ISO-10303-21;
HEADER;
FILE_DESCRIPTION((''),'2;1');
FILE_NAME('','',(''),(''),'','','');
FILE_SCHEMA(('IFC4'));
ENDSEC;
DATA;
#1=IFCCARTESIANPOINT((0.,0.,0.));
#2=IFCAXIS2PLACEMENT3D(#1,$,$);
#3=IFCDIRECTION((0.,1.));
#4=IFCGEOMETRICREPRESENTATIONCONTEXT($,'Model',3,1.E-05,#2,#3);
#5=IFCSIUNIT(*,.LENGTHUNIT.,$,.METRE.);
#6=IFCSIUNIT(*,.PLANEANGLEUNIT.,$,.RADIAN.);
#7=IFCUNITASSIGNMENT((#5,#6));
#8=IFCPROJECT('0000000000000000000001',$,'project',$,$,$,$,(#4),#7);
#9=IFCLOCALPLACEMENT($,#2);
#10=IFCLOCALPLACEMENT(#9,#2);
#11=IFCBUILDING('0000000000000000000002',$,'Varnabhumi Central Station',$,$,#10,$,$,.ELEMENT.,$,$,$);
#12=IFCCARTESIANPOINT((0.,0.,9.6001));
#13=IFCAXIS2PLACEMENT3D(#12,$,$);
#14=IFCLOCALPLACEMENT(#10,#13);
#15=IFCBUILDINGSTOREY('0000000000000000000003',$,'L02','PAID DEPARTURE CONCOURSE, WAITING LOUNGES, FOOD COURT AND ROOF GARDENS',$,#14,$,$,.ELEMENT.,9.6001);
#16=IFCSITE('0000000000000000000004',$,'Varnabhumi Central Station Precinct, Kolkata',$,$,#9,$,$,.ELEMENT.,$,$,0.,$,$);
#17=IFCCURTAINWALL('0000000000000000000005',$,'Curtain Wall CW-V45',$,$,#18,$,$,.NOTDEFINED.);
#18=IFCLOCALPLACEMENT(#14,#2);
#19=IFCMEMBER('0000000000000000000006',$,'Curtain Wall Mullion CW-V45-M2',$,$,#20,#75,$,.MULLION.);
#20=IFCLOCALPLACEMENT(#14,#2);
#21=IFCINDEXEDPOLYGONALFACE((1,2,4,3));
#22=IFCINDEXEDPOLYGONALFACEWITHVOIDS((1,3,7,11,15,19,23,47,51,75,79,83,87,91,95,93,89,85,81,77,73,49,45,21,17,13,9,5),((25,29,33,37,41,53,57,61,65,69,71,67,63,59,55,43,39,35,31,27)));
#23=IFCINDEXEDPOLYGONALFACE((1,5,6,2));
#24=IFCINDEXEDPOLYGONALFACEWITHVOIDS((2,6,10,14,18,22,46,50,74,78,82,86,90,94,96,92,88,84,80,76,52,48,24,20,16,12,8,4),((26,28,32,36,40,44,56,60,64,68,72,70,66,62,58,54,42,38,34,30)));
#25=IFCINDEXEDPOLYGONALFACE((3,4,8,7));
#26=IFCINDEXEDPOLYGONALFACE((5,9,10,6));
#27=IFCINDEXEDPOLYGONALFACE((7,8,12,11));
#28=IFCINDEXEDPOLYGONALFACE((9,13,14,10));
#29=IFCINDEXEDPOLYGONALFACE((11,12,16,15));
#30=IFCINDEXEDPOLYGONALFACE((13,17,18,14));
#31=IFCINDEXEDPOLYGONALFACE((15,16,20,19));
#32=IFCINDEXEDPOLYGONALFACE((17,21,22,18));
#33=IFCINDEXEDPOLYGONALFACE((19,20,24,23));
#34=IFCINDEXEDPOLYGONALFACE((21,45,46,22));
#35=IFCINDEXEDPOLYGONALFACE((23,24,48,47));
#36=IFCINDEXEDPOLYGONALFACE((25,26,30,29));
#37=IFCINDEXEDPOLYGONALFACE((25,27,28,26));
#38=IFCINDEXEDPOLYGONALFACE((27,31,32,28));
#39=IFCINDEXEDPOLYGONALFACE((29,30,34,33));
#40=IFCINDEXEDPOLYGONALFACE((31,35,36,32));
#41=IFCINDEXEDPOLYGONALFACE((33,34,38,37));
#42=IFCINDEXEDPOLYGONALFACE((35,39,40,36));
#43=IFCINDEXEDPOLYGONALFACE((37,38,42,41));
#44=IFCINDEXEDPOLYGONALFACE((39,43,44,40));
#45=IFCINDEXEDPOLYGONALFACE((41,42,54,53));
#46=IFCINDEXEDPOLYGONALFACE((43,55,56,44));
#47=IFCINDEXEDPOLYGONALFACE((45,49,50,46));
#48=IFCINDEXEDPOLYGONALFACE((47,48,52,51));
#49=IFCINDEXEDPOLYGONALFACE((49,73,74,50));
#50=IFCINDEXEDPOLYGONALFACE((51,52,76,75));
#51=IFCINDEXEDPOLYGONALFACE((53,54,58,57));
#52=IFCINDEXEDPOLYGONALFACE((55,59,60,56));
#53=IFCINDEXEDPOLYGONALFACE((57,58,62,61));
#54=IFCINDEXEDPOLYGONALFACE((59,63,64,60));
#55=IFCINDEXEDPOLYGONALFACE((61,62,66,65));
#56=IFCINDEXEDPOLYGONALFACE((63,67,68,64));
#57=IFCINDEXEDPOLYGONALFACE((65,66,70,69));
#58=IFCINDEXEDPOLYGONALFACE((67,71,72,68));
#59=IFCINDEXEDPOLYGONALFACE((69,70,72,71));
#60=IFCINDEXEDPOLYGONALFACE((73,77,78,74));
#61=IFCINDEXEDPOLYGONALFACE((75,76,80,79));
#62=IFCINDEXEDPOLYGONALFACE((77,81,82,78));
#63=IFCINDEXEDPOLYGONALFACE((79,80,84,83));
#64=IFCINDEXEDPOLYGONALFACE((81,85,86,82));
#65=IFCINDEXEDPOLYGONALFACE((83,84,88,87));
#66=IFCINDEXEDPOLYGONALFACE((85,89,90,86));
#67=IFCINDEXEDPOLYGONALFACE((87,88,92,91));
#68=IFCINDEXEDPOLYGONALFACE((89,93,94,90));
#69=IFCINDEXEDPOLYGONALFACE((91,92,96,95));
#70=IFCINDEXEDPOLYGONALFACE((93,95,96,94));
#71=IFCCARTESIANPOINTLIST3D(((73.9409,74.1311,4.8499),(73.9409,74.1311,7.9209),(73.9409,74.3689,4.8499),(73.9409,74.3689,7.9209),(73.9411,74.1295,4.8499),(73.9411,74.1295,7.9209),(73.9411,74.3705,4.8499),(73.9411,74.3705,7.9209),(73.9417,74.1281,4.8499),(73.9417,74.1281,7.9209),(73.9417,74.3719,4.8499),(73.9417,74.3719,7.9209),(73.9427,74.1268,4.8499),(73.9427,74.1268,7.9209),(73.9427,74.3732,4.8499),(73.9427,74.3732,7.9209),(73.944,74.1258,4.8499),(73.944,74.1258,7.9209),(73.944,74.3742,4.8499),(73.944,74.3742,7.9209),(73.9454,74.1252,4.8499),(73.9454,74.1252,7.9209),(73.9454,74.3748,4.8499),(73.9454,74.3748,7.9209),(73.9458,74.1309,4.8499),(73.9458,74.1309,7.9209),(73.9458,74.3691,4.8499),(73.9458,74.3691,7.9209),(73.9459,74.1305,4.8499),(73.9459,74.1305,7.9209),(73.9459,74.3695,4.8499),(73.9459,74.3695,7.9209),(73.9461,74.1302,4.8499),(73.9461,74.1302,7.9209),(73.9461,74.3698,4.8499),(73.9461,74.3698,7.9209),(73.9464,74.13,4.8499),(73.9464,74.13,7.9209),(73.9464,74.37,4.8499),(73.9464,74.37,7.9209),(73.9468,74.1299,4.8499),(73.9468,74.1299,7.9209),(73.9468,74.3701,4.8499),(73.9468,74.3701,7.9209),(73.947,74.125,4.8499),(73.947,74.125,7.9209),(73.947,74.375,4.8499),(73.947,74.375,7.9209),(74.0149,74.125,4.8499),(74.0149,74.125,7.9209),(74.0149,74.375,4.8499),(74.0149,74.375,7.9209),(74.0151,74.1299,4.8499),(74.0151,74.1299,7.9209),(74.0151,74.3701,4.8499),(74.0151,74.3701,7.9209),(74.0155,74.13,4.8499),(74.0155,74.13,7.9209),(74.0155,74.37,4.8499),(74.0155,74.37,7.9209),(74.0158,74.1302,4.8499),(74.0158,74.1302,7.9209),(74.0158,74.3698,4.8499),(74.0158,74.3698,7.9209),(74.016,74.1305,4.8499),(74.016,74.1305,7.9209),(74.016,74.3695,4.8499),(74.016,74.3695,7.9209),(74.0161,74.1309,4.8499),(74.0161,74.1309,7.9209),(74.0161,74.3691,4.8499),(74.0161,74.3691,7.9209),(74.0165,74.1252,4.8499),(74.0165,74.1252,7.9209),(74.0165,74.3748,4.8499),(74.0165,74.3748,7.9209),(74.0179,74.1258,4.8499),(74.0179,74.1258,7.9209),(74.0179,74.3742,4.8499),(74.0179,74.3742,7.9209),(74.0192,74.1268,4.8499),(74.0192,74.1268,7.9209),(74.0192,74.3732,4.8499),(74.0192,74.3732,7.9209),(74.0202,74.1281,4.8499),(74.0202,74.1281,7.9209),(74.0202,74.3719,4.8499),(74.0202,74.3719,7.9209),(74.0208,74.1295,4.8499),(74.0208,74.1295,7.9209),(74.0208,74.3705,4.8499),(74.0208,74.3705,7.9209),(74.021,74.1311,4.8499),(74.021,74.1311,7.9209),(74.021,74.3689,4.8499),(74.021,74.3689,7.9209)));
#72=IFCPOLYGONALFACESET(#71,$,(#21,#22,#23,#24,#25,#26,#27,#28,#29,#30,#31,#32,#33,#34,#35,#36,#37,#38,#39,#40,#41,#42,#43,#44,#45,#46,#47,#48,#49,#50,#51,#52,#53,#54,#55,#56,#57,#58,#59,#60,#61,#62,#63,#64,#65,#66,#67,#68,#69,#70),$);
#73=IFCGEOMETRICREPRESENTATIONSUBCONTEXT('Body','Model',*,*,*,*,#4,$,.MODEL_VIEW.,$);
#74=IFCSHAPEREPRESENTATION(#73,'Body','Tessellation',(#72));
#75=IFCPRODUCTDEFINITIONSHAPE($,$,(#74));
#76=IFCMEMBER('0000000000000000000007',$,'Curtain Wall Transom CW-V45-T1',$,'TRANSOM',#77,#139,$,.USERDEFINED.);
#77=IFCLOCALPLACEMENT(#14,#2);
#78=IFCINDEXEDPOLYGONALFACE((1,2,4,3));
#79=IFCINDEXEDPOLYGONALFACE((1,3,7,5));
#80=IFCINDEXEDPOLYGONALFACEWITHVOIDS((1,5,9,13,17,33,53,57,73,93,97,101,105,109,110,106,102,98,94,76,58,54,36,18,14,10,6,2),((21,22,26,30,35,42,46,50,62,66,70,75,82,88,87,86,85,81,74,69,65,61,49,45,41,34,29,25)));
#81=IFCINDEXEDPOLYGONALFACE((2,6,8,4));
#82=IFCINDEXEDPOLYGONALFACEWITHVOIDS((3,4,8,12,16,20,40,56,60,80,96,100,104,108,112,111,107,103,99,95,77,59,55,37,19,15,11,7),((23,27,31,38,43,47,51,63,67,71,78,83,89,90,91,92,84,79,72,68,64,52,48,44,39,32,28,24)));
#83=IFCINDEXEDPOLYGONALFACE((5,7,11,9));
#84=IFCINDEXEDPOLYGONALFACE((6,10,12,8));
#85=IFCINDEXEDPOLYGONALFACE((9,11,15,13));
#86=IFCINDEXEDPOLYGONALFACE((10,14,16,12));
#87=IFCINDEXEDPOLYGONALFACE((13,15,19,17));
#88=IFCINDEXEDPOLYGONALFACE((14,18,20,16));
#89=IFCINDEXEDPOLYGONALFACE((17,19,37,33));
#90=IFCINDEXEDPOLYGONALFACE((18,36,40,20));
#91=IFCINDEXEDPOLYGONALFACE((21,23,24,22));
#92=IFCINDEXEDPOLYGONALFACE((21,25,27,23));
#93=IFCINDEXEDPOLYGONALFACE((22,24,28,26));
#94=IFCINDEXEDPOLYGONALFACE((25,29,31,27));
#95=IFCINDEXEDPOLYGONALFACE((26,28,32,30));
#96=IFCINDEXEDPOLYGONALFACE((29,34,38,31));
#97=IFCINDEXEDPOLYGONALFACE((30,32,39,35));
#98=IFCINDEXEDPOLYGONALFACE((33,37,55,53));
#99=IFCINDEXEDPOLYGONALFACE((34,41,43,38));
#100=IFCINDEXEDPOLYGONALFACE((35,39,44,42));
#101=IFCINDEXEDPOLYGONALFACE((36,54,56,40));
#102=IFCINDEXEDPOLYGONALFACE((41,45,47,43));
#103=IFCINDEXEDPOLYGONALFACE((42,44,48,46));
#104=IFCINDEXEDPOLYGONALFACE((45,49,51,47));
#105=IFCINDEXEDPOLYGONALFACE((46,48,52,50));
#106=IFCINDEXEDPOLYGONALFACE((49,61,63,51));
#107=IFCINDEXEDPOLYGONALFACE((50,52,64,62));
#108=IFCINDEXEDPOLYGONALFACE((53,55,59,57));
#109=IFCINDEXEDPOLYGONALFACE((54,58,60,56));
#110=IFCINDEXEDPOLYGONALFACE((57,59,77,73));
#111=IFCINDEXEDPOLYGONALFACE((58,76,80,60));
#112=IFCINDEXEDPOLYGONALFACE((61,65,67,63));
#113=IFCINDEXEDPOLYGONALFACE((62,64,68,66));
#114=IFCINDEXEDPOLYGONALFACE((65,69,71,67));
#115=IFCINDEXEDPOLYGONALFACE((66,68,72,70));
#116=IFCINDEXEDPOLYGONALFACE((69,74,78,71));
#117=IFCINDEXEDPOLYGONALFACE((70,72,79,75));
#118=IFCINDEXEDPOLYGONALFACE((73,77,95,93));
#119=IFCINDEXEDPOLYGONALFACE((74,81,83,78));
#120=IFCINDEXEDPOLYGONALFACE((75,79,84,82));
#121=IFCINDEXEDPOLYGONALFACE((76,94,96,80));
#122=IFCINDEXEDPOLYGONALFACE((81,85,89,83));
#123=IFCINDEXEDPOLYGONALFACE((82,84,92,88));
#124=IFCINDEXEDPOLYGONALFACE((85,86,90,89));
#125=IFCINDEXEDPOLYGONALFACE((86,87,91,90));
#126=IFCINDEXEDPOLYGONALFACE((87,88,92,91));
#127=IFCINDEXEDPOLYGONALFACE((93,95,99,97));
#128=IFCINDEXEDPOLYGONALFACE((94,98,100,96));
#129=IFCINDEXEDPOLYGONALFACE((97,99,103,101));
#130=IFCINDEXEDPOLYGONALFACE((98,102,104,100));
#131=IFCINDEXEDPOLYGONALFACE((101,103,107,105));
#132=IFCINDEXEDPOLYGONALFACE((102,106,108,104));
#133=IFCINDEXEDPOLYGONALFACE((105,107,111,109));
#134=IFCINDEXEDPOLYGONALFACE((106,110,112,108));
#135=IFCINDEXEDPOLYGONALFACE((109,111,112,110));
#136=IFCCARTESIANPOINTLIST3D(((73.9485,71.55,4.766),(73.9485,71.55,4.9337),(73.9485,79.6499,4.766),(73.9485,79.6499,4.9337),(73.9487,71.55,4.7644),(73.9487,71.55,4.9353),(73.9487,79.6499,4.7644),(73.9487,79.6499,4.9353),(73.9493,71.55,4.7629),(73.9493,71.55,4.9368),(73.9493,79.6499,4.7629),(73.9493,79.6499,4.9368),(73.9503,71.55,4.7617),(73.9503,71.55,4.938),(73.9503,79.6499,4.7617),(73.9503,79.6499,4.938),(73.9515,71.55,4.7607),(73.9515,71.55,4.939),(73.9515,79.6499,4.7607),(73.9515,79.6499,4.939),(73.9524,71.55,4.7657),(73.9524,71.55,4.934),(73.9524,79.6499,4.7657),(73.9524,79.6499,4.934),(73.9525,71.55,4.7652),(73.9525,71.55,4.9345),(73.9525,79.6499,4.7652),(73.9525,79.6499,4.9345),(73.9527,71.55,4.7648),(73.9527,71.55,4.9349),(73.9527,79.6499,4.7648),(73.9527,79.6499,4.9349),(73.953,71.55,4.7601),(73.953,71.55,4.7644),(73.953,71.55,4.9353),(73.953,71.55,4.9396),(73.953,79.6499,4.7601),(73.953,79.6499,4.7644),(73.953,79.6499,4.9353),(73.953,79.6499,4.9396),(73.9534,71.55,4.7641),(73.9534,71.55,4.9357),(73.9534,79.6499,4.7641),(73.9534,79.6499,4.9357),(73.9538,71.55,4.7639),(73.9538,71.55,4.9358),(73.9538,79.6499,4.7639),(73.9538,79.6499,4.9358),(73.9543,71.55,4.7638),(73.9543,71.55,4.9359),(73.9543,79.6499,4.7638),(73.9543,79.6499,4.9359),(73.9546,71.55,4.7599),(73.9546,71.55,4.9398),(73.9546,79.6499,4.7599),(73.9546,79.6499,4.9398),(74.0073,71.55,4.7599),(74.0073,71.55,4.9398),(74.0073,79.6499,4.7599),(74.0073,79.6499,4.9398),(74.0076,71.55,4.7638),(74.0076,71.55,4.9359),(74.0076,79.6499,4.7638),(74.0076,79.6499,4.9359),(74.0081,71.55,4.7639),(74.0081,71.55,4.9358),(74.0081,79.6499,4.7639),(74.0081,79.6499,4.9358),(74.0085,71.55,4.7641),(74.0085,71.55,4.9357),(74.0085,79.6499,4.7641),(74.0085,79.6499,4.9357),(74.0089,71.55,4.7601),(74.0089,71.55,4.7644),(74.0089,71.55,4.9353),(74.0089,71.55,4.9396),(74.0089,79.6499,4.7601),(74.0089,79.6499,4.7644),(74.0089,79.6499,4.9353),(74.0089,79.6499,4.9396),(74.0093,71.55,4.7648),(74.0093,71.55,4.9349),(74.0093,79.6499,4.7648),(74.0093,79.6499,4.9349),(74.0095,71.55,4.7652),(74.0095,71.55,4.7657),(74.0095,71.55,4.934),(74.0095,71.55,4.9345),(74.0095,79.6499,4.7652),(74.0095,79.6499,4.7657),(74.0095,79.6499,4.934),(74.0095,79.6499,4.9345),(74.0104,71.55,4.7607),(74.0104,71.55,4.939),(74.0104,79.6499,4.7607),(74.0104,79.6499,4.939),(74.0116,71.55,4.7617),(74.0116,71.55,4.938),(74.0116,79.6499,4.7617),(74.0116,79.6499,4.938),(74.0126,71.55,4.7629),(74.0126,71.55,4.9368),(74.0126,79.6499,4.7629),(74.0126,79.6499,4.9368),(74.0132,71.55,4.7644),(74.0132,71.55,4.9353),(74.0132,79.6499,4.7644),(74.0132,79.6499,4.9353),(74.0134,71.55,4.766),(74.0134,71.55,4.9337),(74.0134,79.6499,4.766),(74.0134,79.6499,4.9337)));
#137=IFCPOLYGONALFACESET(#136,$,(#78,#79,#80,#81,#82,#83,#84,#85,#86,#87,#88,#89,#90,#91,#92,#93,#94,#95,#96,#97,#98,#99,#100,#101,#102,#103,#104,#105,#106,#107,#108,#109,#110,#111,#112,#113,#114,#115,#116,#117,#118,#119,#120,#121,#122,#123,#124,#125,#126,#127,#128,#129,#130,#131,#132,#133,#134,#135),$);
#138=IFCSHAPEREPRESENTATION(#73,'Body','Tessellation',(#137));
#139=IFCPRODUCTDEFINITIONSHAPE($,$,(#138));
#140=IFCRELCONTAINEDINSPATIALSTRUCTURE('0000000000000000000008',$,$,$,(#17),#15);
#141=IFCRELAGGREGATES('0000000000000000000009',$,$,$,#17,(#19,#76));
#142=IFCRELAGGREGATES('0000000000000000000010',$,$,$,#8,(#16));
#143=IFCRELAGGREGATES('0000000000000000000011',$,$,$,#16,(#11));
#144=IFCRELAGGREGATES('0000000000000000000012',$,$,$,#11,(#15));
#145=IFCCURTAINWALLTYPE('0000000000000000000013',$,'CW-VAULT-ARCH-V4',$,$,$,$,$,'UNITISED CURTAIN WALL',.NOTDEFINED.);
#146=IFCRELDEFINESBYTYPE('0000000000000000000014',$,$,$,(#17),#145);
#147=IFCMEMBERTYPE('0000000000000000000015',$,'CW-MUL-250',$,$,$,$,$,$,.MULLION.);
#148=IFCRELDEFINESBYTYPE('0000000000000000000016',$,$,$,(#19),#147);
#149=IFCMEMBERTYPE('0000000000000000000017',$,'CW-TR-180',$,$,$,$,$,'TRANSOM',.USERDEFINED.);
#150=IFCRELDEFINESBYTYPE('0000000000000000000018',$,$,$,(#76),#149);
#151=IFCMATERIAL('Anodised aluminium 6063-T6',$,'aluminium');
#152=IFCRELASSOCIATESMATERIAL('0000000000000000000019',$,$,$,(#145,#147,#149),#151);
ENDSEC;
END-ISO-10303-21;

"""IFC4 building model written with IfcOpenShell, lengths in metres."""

from ifc_helpers import new_model, si_unit, direction, frame, origin, origin_2d, place, context, subcontext, project, spatial, hollow_rectangle, extrude, material, material_profile, profile_set, type_object, element, aggregate, save


model = new_model("IFC4")

# Units and contexts
model_context = context("Model", 3, precision=1e-05, world=origin(), true_north=direction((0.0, 1.0)))
body_context = subcontext(model_context, "Body", "Model", "MODEL_VIEW")
ifc_project = project(units=[si_unit("LENGTHUNIT", "METRE"), si_unit("PLANEANGLEUNIT", "RADIAN")], contexts=[model_context])

# Site, building, storey
site_placement = place(None, origin())
site = spatial("IfcSite", under=ifc_project, at=site_placement, Name="Varnabhumi Central Station Precinct, Kolkata", CompositionType="ELEMENT", RefElevation=0.0)
building_placement = place(site_placement, origin())
building = spatial("IfcBuilding", under=site, at=building_placement, Name="Varnabhumi Central Station", CompositionType="ELEMENT")
storey_placement = place(building_placement, frame((0.0, 0.0, 9.6001)))
storey = spatial("IfcBuildingStorey", under=building, at=storey_placement, Name="L02", Description="PAID DEPARTURE CONCOURSE, WAITING LOUNGES, FOOD COURT AND ROOF GARDENS", CompositionType="ELEMENT", Elevation=9.6001)

# Curtain wall, members
ifc_material_1 = material(Name="Anodised aluminium 6063-T6", Category="aluminium")
curtain_wall_type = type_object("IfcCurtainWallType", Name="CW-VAULT-ARCH-V4", ElementType="UNITISED CURTAIN WALL", PredefinedType="NOTDEFINED", material=ifc_material_1)
ifc_material_profile_1 = material_profile(ifc_material_1, hollow_rectangle(XDim=0.0801, YDim=0.25, WallThickness=0.0049, InnerFilletRadius=0.001, OuterFilletRadius=0.0061, at=origin_2d()), Name="Anodised aluminium 6063-T6", Category="aluminium")
ifc_profile_set_1 = profile_set([ifc_material_profile_1], Name="Anodised aluminium 6063-T6")
member_type_1 = type_object("IfcMemberType", Name="CW-MUL-250", PredefinedType="MULLION", material=ifc_profile_set_1)
curtain_wall_1_placement = place(storey_placement, origin())
curtain_wall_1 = element("IfcCurtainWall", 1, at=curtain_wall_1_placement, inside=storey, type_object=curtain_wall_type, Name="Curtain Wall CW-V45", PredefinedType="NOTDEFINED")
member_1_placement = place(storey_placement, frame((73.981, 74.25, 4.8499), z_axis=(0.0, 0.0, 1.0), x_axis=(1.0, 0.0, 0.0)))
member_1 = element("IfcMember", 2, at=member_1_placement, type_object=member_type_1, Name="Curtain Wall Mullion CW-V45-M2", PredefinedType="MULLION", context=body_context, shape_type="SweptSolid", body=[
    extrude(hollow_rectangle(XDim=0.0801, YDim=0.25, WallThickness=0.0049, InnerFilletRadius=0.001, OuterFilletRadius=0.0061, at=origin_2d()), origin(), (0.0, 0.0, 1.0), 3.071),
])
ifc_material_profile_2 = material_profile(ifc_material_1, hollow_rectangle(XDim=0.0649, YDim=0.1799, WallThickness=0.0039, InnerFilletRadius=0.002, OuterFilletRadius=0.0061, at=origin_2d()), Name="Anodised aluminium 6063-T6", Category="aluminium")
ifc_profile_set_2 = profile_set([ifc_material_profile_2], Name="Anodised aluminium 6063-T6")
member_type_2 = type_object("IfcMemberType", Name="CW-TR-180", ElementType="TRANSOM", PredefinedType="USERDEFINED", material=ifc_profile_set_2)
member_2_placement = place(storey_placement, frame((73.981, 71.55, 4.8499), z_axis=(0.0, 1.0, 0.0), x_axis=(-1.0, 0.0, 0.0)))
member_2 = element("IfcMember", 3, at=member_2_placement, type_object=member_type_2, Name="Curtain Wall Transom CW-V45-T1", ObjectType="TRANSOM", PredefinedType="USERDEFINED", context=body_context, shape_type="SweptSolid", body=[
    extrude(hollow_rectangle(XDim=0.0649, YDim=0.1799, WallThickness=0.0039, InnerFilletRadius=0.002, OuterFilletRadius=0.0061, at=origin_2d()), origin(), (0.0, 0.0, 1.0), 8.0999),
])

aggregate(curtain_wall_1, [member_1, member_2])

save(model, "model.ifc")
